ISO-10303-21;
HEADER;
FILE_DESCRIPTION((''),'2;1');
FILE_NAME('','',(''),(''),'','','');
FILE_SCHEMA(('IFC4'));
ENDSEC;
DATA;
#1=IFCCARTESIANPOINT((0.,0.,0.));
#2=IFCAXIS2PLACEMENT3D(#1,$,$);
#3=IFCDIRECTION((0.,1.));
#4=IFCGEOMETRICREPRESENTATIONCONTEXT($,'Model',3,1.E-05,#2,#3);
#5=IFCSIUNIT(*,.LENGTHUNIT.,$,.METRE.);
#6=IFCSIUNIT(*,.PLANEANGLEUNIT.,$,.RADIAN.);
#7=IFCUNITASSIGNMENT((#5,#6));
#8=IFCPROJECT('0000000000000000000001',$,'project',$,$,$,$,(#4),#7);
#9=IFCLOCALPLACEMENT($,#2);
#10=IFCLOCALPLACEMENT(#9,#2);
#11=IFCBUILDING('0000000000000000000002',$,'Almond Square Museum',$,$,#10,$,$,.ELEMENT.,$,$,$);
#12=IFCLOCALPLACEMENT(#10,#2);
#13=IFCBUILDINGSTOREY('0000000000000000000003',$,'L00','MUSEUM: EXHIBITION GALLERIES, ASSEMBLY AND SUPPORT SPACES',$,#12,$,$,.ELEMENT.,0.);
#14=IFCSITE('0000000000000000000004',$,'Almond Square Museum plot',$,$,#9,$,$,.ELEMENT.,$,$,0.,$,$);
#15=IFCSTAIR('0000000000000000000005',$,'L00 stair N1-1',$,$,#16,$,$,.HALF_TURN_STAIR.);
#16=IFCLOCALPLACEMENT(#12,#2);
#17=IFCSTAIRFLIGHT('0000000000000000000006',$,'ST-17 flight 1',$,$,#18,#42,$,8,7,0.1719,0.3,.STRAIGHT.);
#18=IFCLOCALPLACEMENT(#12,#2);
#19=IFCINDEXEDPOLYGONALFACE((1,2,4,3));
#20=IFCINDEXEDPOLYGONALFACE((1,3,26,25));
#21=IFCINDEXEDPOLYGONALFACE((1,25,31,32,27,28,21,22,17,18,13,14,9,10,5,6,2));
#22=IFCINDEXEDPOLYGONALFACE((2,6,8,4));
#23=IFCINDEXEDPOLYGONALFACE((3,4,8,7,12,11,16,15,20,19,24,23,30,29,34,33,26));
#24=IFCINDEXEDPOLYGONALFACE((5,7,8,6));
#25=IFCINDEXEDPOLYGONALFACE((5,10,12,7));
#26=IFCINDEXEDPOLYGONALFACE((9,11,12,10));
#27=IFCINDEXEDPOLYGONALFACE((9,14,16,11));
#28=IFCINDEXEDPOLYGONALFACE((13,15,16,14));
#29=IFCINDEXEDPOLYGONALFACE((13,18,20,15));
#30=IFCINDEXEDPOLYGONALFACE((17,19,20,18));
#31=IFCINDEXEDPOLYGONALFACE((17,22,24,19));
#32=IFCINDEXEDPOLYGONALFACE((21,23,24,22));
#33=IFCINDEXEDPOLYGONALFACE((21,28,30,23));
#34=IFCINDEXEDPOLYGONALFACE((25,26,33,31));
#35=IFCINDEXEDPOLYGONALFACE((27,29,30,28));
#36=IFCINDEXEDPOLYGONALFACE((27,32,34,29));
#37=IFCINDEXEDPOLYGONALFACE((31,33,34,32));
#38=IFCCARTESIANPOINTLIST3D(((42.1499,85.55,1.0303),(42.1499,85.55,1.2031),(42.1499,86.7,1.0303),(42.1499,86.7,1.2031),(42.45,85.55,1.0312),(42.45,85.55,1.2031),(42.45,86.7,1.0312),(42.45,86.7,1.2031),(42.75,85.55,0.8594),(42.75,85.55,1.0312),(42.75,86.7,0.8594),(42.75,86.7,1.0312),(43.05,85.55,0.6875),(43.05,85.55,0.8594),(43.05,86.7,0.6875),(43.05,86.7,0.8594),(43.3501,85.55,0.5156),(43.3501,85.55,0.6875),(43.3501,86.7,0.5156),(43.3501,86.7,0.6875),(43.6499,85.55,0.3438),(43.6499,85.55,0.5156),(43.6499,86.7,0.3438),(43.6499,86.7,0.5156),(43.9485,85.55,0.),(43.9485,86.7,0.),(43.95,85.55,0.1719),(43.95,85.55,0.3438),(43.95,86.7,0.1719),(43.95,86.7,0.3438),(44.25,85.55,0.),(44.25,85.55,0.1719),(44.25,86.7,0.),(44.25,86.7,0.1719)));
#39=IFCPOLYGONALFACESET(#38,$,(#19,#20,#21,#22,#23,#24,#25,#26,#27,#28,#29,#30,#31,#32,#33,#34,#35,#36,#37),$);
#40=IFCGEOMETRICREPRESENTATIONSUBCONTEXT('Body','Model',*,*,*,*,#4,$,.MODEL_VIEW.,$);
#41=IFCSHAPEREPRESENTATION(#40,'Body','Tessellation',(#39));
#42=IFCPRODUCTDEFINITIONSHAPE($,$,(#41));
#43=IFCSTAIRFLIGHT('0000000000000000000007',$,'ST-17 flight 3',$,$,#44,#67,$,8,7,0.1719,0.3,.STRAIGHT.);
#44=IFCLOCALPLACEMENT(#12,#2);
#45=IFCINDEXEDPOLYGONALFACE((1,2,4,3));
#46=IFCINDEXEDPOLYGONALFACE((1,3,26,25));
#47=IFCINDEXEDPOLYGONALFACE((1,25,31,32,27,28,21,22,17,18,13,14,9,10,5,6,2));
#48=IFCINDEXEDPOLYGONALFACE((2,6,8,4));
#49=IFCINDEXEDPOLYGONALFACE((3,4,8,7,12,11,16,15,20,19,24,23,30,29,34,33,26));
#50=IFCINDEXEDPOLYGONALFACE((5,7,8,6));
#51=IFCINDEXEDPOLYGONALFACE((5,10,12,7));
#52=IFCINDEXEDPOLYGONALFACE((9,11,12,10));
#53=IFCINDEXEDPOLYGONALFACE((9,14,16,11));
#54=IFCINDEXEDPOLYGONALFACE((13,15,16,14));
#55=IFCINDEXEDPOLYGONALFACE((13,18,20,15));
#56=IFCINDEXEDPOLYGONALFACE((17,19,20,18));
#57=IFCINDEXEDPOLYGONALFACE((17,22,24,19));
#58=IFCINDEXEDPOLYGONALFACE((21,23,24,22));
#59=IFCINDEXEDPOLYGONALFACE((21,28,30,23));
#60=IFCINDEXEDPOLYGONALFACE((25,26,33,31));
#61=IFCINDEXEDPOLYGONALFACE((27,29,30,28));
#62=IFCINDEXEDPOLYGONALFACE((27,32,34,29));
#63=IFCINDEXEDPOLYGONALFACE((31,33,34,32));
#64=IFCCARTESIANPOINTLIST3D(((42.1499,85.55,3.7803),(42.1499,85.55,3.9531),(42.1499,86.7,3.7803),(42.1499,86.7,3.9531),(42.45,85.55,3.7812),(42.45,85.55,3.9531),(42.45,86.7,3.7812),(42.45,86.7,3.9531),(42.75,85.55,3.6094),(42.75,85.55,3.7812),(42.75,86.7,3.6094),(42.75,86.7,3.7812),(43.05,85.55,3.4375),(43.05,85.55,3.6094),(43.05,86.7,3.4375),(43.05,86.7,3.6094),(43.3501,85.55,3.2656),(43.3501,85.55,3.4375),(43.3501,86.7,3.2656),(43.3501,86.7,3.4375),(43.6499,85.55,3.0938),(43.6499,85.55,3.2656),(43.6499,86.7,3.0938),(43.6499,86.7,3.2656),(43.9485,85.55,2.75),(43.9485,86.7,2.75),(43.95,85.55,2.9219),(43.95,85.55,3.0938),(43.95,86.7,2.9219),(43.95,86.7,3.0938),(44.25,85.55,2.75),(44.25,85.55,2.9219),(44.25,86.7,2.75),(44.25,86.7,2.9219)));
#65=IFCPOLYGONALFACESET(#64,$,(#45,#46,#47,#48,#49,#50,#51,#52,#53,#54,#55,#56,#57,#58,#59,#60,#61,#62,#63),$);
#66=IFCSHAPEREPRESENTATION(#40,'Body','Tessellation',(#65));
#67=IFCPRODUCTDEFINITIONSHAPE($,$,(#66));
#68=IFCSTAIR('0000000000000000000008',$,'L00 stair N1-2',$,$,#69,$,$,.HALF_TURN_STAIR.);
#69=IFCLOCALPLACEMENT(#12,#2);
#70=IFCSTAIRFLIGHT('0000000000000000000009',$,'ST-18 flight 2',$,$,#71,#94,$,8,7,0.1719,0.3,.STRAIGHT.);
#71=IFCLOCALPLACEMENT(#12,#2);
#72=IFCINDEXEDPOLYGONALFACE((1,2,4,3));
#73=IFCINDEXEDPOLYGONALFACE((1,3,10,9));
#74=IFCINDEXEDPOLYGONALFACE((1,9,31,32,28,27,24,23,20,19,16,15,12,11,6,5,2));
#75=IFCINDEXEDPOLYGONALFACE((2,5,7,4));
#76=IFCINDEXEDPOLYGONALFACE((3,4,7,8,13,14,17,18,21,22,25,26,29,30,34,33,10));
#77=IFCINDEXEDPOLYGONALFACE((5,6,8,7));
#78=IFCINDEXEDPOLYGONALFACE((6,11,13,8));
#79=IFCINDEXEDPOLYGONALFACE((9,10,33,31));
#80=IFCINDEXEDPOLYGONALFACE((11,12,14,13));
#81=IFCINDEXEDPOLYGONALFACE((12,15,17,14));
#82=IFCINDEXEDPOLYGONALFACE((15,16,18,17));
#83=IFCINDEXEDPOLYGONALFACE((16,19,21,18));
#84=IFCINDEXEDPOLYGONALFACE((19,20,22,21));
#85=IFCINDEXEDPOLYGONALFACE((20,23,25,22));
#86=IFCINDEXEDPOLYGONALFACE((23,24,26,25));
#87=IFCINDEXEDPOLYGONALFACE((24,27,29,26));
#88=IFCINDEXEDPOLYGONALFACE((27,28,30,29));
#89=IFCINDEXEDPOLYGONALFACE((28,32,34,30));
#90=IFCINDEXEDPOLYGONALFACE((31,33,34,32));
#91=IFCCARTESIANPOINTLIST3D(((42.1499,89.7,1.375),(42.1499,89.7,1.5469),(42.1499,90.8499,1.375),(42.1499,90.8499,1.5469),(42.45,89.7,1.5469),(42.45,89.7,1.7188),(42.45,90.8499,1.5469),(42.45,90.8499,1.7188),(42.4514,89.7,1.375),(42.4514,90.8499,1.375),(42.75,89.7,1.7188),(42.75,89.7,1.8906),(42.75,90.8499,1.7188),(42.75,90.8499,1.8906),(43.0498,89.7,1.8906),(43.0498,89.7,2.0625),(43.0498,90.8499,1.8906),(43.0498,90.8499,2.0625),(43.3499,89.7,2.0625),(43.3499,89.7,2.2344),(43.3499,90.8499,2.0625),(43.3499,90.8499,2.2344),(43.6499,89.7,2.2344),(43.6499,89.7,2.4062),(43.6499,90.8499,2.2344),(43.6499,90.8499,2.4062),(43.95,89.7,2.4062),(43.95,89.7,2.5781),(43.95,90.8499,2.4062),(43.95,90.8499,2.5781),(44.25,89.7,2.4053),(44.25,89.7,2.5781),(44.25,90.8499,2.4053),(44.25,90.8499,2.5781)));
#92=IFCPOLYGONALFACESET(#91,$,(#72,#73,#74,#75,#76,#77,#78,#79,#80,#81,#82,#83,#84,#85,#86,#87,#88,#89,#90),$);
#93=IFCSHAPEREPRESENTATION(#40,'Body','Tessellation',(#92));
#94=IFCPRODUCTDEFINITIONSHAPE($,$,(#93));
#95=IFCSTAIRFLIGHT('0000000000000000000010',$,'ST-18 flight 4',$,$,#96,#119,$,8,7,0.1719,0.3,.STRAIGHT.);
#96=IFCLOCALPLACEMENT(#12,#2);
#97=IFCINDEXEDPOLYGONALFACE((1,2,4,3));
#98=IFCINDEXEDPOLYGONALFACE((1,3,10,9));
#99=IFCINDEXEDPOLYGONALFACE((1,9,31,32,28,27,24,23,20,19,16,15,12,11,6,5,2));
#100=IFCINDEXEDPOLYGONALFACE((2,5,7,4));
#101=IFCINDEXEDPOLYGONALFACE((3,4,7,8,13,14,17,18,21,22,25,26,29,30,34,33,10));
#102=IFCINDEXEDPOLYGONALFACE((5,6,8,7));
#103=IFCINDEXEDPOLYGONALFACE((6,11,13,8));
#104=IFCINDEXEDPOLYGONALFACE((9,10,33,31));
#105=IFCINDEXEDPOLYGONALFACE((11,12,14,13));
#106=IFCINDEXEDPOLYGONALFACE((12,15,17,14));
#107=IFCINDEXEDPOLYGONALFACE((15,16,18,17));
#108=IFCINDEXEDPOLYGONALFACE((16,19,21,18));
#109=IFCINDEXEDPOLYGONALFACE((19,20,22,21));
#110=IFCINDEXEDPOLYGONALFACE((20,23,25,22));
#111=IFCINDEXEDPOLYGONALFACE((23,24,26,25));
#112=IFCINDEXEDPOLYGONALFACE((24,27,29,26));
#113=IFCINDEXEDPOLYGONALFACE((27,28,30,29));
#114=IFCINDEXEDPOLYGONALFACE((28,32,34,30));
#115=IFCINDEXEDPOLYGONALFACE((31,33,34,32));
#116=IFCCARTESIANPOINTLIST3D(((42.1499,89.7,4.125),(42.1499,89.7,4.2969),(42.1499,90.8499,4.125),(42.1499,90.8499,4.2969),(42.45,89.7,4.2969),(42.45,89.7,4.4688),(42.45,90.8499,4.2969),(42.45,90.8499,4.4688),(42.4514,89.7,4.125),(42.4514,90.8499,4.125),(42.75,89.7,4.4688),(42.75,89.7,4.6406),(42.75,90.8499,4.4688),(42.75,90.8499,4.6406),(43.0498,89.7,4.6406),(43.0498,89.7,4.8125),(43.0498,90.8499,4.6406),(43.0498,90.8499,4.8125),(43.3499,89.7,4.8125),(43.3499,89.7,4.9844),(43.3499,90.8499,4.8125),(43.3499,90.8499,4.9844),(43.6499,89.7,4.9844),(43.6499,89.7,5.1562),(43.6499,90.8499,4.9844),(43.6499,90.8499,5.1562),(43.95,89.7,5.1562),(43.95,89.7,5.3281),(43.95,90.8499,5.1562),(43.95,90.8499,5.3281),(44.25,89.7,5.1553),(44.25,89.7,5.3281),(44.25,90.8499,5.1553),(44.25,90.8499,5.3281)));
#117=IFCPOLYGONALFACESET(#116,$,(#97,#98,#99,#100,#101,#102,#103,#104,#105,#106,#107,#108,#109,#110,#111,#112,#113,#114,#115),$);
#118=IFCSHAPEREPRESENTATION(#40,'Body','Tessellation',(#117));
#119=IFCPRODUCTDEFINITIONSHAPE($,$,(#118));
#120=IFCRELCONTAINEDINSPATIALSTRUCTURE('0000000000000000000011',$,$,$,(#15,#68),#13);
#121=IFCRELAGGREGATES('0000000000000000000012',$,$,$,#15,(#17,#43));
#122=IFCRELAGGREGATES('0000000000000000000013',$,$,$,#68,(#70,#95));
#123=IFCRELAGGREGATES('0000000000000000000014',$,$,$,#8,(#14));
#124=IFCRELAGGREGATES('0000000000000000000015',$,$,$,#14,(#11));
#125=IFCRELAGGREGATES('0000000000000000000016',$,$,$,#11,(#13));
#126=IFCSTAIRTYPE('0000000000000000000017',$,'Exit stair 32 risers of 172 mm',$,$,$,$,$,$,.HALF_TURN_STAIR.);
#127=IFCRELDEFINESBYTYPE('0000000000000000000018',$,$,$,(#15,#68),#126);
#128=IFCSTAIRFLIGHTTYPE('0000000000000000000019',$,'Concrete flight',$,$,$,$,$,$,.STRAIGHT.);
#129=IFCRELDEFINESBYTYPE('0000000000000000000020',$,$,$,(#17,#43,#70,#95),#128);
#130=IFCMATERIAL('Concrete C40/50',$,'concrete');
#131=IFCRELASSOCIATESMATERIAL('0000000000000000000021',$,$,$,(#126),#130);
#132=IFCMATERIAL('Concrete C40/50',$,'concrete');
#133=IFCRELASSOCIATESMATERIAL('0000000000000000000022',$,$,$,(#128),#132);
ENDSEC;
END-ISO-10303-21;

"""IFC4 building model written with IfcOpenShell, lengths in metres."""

from ifc_helpers import new_model, si_unit, direction, frame, origin, place, context, subcontext, project, spatial, polyline, outline, extrude, material, type_object, element, aggregate, save


model = new_model("IFC4")

# Units and contexts
model_context = context("Model", 3, precision=1e-05, world=origin(), true_north=direction((0.0, 1.0)))
body_context = subcontext(model_context, "Body", "Model", "MODEL_VIEW")
ifc_project = project(units=[si_unit("LENGTHUNIT", "METRE"), si_unit("PLANEANGLEUNIT", "RADIAN")], contexts=[model_context])

# Site, building, storey
site_placement = place(None, origin())
site = spatial("IfcSite", under=ifc_project, at=site_placement, Name="Almond Square Museum plot", CompositionType="ELEMENT", RefElevation=0.0)
building_placement = place(site_placement, origin())
building = spatial("IfcBuilding", under=site, at=building_placement, Name="Almond Square Museum", CompositionType="ELEMENT")
storey_placement = place(building_placement, origin())
storey = spatial("IfcBuildingStorey", under=building, at=storey_placement, Name="L00", Description="MUSEUM: EXHIBITION GALLERIES, ASSEMBLY AND SUPPORT SPACES", CompositionType="ELEMENT", Elevation=0.0)

# Stairs, stair flights
ifc_material_1 = material(Name="Concrete C40/50", Category="concrete")
stair_type = type_object("IfcStairType", Name="Exit stair 32 risers of 172 mm", PredefinedType="HALF_TURN_STAIR", material=ifc_material_1)
stair_1_placement = place(storey_placement, origin())
stair_1 = element("IfcStair", 1, at=stair_1_placement, inside=storey, type_object=stair_type, Name="L00 stair N1-1", PredefinedType="HALF_TURN_STAIR")
ifc_material_2 = material(Name="Concrete C40/50", Category="concrete")
stair_flight_type = type_object("IfcStairFlightType", Name="Concrete flight", PredefinedType="STRAIGHT", material=ifc_material_2)
stair_flight_1_placement = place(storey_placement, frame((44.25, 86.125, 0.0), z_axis=(0.0, 0.0, 1.0), x_axis=(-1.0, 0.0, 0.0)))
stair_flight_1 = element("IfcStairFlight", 2, at=stair_flight_1_placement, type_object=stair_flight_type, Name="ST-17 flight 1", NumberOfRisers=8, NumberOfTreads=7, PredefinedType="STRAIGHT", RiserHeight=0.1719, TreadLength=0.3, context=body_context, shape_type="SweptSolid", body=[
    extrude(outline(polyline([(0.0, 0.0), (0.0, 0.1719), (0.3, 0.1719), (0.3, 0.3438), (0.6001, 0.3438), (0.6001, 0.5156), (0.8999, 0.5156), (0.8999, 0.6875), (1.2, 0.6875), (1.2, 0.8594), (1.5, 0.8594), (1.5, 1.0312), (1.8, 1.0312), (1.8, 1.2031), (2.1001, 1.2031), (2.1001, 1.375), (2.1001, 1.0303), (0.3015, 0.0), (0.0, 0.0)])), frame((0.0, 0.575, 0.0), z_axis=(0.0, -1.0, 0.0), x_axis=(1.0, 0.0, 0.0)), (0.0, 0.0, 1.0), 1.1499),
])
stair_flight_2_placement = place(storey_placement, frame((44.25, 86.125, 2.75), z_axis=(0.0, 0.0, 1.0), x_axis=(-1.0, 0.0, 0.0)))
stair_flight_2 = element("IfcStairFlight", 3, at=stair_flight_2_placement, type_object=stair_flight_type, Name="ST-17 flight 3", NumberOfRisers=8, NumberOfTreads=7, PredefinedType="STRAIGHT", RiserHeight=0.1719, TreadLength=0.3, context=body_context, shape_type="SweptSolid", body=[
    extrude(outline(polyline([(0.0, 0.0), (0.0, 0.1719), (0.3, 0.1719), (0.3, 0.3438), (0.6001, 0.3438), (0.6001, 0.5156), (0.8999, 0.5156), (0.8999, 0.6875), (1.2, 0.6875), (1.2, 0.8594), (1.5, 0.8594), (1.5, 1.0312), (1.8, 1.0312), (1.8, 1.2031), (2.1001, 1.2031), (2.1001, 1.375), (2.1001, 1.0303), (0.3015, 0.0), (0.0, 0.0)])), frame((0.0, 0.575, 0.0), z_axis=(0.0, -1.0, 0.0), x_axis=(1.0, 0.0, 0.0)), (0.0, 0.0, 1.0), 1.1499),
])
aggregate(stair_1, [stair_flight_1, stair_flight_2])
stair_2_placement = place(storey_placement, origin())
stair_2 = element("IfcStair", 4, at=stair_2_placement, inside=storey, type_object=stair_type, Name="L00 stair N1-2", PredefinedType="HALF_TURN_STAIR")
stair_flight_3_placement = place(storey_placement, frame((42.1499, 90.2749, 1.375), z_axis=(0.0, 0.0, 1.0), x_axis=(1.0, 0.0, 0.0)))
stair_flight_3 = element("IfcStairFlight", 5, at=stair_flight_3_placement, type_object=stair_flight_type, Name="ST-18 flight 2", NumberOfRisers=8, NumberOfTreads=7, PredefinedType="STRAIGHT", RiserHeight=0.1719, TreadLength=0.3, context=body_context, shape_type="SweptSolid", body=[
    extrude(outline(polyline([(0.0, 0.0), (0.0, 0.1719), (0.3, 0.1719), (0.3, 0.3438), (0.6001, 0.3438), (0.6001, 0.5156), (0.8999, 0.5156), (0.8999, 0.6875), (1.2, 0.6875), (1.2, 0.8594), (1.5, 0.8594), (1.5, 1.0312), (1.8, 1.0312), (1.8, 1.2031), (2.1001, 1.2031), (2.1001, 1.375), (2.1001, 1.0303), (0.3015, 0.0), (0.0, 0.0)])), frame((0.0, 0.575, 0.0), z_axis=(0.0, -1.0, 0.0), x_axis=(1.0, 0.0, 0.0)), (0.0, 0.0, 1.0), 1.1499),
])
stair_flight_4_placement = place(storey_placement, frame((42.1499, 90.2749, 4.125), z_axis=(0.0, 0.0, 1.0), x_axis=(1.0, 0.0, 0.0)))
stair_flight_4 = element("IfcStairFlight", 6, at=stair_flight_4_placement, type_object=stair_flight_type, Name="ST-18 flight 4", NumberOfRisers=8, NumberOfTreads=7, PredefinedType="STRAIGHT", RiserHeight=0.1719, TreadLength=0.3, context=body_context, shape_type="SweptSolid", body=[
    extrude(outline(polyline([(0.0, 0.0), (0.0, 0.1719), (0.3, 0.1719), (0.3, 0.3438), (0.6001, 0.3438), (0.6001, 0.5156), (0.8999, 0.5156), (0.8999, 0.6875), (1.2, 0.6875), (1.2, 0.8594), (1.5, 0.8594), (1.5, 1.0312), (1.8, 1.0312), (1.8, 1.2031), (2.1001, 1.2031), (2.1001, 1.375), (2.1001, 1.0303), (0.3015, 0.0), (0.0, 0.0)])), frame((0.0, 0.575, 0.0), z_axis=(0.0, -1.0, 0.0), x_axis=(1.0, 0.0, 0.0)), (0.0, 0.0, 1.0), 1.1499),
])
aggregate(stair_2, [stair_flight_3, stair_flight_4])

save(model, "model.ifc")
